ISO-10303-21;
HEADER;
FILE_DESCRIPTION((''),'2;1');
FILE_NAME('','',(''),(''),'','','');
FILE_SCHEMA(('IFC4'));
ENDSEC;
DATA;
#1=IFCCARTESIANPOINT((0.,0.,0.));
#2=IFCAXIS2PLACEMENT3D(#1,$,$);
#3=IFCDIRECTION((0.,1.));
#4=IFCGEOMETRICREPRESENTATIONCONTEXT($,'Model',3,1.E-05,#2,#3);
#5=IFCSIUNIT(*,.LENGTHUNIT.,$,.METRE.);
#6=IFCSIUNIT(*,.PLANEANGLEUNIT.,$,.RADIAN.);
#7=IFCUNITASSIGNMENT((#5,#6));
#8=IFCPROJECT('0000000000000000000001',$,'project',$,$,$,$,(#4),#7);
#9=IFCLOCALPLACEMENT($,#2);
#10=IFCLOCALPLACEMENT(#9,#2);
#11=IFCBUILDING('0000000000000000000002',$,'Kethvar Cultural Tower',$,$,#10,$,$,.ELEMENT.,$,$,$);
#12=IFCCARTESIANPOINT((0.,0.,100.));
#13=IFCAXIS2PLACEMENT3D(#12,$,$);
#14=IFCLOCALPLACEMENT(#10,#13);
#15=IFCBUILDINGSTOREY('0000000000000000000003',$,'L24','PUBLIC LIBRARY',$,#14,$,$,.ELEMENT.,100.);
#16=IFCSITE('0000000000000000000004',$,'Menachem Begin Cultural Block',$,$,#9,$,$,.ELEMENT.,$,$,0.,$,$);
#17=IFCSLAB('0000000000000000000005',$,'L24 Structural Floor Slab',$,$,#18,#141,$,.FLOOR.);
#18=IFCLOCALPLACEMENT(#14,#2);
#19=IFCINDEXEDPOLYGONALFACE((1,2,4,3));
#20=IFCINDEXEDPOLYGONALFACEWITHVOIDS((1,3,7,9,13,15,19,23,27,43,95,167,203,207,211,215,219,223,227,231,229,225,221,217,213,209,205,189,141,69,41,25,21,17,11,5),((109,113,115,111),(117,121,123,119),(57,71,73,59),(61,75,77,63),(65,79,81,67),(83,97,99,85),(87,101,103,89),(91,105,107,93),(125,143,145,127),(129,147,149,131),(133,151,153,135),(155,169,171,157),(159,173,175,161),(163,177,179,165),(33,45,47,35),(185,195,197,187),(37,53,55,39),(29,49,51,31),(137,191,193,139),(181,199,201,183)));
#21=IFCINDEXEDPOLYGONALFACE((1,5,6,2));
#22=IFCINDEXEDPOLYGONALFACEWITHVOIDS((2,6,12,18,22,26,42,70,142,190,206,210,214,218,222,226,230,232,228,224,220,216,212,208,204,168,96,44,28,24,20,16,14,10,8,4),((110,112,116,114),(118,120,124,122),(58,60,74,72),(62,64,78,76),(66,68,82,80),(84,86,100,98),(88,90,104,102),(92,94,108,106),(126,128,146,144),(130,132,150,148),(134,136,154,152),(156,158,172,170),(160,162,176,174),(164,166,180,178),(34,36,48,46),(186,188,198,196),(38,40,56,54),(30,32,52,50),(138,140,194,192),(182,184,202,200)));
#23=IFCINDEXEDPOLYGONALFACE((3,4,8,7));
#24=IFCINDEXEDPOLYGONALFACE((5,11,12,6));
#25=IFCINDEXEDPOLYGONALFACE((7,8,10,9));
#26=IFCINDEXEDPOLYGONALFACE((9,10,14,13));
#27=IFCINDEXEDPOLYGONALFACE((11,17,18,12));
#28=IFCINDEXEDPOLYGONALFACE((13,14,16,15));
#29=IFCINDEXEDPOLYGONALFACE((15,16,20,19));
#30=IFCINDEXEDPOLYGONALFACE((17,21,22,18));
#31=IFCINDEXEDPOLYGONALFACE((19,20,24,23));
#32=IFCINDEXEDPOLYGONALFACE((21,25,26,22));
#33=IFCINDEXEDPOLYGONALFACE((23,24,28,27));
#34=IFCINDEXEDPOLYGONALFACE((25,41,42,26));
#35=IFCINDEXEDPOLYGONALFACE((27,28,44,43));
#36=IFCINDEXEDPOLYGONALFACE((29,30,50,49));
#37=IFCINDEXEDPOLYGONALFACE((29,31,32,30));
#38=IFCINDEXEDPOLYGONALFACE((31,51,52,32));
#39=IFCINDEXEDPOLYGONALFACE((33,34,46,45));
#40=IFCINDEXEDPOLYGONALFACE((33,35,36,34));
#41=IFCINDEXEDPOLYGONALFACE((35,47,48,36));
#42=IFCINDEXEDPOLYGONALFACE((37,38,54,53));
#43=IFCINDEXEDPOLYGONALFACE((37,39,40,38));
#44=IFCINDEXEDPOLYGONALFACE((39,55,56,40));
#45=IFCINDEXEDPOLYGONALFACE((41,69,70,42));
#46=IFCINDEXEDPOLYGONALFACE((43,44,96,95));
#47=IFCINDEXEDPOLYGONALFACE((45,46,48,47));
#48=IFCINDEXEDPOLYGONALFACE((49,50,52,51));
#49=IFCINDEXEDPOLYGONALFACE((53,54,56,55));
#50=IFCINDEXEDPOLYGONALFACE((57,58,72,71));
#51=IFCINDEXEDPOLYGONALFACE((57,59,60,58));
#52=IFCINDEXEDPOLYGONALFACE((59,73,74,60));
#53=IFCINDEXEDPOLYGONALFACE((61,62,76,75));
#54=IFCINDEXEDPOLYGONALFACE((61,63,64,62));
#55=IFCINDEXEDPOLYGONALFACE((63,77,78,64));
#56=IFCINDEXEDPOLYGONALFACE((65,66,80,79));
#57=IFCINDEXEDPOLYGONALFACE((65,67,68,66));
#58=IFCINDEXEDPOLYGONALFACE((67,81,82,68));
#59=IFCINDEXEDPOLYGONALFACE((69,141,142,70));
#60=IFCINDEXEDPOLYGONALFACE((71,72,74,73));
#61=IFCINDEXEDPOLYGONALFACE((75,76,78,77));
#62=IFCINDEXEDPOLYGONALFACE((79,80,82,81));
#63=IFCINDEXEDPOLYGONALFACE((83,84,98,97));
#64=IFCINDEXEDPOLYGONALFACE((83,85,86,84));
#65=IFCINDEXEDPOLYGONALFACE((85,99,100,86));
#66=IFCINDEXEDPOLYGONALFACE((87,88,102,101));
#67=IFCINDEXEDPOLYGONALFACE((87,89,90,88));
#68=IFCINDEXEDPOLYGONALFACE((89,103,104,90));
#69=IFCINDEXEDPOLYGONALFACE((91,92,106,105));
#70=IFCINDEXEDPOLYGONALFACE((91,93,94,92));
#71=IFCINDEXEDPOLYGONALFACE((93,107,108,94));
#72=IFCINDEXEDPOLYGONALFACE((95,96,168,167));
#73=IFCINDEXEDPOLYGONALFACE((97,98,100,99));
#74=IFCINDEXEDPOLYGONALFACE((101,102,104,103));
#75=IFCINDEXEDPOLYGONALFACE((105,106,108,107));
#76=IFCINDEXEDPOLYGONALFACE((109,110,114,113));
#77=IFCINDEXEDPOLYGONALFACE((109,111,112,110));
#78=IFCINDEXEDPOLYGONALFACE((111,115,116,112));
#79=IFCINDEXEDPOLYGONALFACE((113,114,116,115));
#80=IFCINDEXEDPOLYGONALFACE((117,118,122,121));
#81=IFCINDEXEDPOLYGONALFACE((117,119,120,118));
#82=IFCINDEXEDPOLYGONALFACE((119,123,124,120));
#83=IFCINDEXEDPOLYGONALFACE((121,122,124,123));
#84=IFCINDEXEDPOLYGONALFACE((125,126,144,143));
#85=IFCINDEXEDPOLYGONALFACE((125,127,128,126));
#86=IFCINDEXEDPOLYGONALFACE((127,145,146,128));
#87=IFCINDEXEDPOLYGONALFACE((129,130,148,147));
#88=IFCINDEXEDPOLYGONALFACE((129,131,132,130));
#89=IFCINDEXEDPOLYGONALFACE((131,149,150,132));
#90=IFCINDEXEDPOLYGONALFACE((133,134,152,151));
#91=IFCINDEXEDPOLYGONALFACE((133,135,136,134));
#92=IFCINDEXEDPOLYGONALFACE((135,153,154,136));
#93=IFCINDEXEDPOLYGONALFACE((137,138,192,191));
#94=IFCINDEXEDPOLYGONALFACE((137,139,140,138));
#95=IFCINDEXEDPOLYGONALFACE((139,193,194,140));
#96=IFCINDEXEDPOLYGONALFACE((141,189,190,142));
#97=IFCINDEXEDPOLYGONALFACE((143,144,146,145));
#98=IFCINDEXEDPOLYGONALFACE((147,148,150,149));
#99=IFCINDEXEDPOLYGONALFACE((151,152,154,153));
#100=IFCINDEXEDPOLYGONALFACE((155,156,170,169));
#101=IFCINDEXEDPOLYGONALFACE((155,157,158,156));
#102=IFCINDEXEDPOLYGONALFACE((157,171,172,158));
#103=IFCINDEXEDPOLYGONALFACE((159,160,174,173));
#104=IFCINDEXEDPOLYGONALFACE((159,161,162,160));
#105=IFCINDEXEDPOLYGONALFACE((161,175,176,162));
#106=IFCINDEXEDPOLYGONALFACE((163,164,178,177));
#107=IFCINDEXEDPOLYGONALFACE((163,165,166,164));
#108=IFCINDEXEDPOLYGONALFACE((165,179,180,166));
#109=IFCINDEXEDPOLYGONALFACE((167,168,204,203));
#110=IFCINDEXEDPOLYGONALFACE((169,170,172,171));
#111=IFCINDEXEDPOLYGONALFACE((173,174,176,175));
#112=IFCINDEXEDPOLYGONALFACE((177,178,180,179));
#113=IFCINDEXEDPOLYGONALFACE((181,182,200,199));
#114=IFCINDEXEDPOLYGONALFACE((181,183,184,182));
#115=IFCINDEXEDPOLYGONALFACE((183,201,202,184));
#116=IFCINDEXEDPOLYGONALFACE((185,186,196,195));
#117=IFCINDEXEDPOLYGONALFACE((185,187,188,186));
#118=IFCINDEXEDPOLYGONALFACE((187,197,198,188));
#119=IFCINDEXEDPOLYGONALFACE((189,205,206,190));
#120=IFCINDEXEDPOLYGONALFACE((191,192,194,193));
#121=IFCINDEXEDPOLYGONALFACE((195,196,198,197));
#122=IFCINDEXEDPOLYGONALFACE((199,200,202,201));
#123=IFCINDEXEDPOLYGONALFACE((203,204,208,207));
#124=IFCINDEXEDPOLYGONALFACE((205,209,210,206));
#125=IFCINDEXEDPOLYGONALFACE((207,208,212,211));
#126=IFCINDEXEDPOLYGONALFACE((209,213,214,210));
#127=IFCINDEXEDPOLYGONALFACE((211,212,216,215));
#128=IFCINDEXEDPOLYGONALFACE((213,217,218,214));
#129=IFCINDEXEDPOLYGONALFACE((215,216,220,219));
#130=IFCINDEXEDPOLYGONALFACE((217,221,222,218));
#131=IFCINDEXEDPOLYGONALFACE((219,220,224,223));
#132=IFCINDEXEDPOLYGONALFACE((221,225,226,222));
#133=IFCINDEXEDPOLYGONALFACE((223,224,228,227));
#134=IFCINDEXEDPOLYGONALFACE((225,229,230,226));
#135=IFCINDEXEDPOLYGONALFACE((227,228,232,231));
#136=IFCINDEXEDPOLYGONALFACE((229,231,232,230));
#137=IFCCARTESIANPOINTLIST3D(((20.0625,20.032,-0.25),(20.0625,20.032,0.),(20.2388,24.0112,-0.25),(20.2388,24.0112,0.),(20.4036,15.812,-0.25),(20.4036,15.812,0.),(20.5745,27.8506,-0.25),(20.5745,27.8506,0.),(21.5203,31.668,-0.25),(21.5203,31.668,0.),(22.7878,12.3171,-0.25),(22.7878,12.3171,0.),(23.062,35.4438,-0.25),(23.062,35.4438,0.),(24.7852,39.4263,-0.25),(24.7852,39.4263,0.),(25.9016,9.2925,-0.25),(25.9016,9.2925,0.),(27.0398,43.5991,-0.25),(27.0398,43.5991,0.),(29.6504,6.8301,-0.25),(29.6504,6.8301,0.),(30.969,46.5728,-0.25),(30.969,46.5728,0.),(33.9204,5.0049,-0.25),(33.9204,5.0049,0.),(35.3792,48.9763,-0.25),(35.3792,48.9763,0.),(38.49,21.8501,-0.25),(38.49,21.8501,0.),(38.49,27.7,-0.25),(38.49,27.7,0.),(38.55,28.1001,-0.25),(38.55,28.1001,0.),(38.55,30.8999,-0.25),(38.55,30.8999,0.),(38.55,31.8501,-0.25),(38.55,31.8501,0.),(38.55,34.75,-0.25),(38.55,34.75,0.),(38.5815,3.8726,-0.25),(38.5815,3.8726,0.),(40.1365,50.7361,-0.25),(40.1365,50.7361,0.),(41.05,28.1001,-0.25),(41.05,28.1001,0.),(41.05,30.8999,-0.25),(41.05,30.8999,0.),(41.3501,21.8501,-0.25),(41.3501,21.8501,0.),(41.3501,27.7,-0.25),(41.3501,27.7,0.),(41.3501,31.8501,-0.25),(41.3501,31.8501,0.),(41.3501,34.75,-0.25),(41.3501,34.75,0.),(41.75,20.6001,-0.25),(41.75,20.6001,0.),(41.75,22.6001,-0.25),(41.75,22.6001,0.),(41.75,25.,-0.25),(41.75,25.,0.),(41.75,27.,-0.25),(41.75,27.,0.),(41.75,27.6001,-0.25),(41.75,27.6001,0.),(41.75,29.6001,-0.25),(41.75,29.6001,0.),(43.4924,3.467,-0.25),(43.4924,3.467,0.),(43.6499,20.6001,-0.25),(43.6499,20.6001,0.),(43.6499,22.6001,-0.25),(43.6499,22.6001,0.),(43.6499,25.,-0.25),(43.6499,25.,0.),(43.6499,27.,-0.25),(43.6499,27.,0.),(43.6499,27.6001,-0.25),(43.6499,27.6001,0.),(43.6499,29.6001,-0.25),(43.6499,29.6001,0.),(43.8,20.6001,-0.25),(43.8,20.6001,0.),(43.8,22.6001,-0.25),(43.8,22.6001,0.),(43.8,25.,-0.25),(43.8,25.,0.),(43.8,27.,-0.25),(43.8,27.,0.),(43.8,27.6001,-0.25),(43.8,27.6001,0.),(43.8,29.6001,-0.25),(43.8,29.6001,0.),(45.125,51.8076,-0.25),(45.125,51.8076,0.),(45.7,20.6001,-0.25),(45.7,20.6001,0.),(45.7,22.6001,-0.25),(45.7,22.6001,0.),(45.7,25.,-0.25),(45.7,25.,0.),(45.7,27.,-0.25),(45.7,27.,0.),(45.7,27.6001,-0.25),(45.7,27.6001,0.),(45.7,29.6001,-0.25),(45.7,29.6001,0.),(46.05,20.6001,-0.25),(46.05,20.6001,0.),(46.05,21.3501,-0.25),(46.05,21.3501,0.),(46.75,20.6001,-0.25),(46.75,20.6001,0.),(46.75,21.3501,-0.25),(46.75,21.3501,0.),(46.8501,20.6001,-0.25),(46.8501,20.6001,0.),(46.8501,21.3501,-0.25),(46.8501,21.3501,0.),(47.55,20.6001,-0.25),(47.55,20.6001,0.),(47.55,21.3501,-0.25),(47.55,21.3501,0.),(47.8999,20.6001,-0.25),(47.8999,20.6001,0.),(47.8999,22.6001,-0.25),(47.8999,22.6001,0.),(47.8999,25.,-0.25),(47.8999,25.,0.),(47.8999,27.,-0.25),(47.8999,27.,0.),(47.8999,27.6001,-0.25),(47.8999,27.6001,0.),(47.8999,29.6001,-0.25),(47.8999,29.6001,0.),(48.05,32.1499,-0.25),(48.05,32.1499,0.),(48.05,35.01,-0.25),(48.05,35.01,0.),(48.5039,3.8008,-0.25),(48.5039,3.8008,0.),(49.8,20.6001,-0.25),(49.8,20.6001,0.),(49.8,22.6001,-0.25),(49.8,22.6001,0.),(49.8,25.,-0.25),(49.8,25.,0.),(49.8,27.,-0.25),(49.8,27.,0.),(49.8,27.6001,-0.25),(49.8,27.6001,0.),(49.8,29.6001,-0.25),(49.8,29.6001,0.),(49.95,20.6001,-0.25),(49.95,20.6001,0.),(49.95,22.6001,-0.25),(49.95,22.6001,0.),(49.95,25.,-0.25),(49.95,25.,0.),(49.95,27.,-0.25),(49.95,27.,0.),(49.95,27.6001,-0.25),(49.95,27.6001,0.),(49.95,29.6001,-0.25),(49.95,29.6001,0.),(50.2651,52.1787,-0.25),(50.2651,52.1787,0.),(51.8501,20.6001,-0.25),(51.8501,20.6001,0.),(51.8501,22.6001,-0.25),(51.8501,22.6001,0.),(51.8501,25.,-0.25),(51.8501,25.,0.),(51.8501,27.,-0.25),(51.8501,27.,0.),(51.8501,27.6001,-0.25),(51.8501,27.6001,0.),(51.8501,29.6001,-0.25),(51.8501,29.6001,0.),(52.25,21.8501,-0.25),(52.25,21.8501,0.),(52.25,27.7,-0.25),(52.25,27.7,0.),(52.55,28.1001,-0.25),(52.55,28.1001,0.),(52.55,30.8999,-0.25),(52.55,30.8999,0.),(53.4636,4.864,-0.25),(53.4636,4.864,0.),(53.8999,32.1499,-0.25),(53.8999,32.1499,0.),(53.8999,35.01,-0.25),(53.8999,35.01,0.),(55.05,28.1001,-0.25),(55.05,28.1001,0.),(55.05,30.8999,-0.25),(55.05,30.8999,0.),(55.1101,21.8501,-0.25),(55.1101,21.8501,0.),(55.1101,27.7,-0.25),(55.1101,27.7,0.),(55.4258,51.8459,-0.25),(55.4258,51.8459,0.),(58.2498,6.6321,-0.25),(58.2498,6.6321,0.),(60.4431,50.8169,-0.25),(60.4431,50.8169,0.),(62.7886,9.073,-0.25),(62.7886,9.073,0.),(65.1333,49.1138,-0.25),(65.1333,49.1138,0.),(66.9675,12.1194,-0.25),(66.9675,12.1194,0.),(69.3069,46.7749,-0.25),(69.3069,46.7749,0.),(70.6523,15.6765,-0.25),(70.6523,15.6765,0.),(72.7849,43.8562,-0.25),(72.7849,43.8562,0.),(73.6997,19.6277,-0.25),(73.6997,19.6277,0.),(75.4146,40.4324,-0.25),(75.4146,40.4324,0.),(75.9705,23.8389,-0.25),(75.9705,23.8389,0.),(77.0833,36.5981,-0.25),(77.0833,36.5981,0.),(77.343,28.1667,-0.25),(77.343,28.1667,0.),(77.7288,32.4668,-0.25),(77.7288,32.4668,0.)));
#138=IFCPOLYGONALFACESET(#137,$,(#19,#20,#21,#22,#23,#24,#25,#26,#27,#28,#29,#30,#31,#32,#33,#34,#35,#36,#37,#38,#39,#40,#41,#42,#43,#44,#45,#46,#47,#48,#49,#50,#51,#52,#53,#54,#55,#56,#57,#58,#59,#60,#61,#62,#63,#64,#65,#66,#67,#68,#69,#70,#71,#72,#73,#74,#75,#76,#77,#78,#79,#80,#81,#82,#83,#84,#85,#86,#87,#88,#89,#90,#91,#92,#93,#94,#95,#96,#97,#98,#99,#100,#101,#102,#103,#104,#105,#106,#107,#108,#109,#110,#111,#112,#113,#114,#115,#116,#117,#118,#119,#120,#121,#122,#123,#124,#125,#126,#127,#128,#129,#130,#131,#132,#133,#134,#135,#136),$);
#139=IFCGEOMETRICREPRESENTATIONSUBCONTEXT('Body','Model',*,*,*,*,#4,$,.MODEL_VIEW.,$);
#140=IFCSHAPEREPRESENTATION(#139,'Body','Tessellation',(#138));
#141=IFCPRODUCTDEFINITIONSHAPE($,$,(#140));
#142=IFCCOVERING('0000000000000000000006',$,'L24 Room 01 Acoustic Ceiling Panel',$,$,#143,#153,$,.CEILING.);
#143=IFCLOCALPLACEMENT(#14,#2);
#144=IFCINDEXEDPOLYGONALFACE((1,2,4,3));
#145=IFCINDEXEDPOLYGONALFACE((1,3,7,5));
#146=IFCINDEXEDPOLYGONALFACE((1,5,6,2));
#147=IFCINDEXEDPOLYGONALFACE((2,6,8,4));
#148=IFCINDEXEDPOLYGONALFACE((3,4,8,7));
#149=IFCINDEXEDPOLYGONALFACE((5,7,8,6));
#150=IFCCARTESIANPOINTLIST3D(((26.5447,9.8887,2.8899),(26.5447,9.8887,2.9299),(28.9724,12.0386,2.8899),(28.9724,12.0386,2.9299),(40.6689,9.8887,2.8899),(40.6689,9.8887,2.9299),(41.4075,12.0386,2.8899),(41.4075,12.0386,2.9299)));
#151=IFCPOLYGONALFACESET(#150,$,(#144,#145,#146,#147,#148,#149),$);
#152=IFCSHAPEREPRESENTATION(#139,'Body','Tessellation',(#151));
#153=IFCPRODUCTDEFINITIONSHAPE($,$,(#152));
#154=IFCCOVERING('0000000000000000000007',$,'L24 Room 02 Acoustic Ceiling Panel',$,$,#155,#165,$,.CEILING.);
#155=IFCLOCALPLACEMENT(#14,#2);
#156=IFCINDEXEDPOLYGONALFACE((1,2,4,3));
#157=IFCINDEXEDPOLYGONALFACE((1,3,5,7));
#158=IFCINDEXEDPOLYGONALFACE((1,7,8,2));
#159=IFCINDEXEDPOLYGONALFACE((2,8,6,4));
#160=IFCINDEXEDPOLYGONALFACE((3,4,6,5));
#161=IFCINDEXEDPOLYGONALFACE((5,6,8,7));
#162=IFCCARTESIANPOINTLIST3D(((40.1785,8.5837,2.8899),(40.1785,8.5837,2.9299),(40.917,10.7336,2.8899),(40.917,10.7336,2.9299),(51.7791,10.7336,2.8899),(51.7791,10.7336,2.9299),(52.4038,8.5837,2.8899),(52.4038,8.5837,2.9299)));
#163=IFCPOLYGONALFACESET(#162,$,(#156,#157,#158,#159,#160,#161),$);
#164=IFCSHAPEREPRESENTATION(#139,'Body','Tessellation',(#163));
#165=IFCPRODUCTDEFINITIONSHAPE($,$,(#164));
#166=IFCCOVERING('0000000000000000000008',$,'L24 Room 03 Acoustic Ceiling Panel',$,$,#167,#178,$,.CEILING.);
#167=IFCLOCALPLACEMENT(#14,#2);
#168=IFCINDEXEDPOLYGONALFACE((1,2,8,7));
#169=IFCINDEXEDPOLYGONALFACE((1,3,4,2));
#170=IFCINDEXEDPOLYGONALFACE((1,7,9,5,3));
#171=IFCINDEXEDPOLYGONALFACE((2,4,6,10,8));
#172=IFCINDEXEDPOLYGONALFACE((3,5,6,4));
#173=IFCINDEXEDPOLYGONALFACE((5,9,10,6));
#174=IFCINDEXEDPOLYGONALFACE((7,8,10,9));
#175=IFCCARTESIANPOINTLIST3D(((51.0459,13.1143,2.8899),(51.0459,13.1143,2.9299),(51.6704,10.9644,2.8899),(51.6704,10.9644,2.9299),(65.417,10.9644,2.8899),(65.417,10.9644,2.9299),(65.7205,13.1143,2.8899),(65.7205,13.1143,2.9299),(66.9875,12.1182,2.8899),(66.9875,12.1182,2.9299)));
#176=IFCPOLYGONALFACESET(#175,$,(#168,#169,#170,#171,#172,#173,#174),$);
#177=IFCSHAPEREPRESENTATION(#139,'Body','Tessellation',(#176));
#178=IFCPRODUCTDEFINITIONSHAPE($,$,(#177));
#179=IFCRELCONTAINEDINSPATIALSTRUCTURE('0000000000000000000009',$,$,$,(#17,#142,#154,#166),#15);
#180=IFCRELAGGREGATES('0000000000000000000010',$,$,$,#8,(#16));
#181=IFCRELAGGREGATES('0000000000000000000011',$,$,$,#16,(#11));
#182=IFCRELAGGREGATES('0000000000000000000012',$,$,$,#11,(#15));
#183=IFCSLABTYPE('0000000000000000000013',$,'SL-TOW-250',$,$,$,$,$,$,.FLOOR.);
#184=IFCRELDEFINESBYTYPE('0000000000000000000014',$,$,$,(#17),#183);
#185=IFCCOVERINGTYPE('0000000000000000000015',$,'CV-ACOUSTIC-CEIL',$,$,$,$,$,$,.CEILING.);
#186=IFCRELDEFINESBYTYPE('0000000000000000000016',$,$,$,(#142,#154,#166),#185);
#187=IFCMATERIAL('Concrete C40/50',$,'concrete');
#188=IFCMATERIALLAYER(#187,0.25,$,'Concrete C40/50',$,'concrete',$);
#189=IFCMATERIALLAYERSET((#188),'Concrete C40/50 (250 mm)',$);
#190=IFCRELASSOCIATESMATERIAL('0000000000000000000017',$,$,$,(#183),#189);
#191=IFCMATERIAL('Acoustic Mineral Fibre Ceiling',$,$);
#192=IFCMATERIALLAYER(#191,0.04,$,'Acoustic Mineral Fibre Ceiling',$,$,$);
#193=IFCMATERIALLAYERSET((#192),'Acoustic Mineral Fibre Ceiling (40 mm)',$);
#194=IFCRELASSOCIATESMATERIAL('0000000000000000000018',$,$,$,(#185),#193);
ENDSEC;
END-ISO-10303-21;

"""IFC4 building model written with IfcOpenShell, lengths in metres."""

from ifc_helpers import new_model, si_unit, direction, frame, origin, place, context, subcontext, project, spatial, polyline, outline, extrude, material, layer, layer_set, type_object, element, save


model = new_model("IFC4")

# Units and contexts
model_context = context("Model", 3, precision=1e-05, world=origin(), true_north=direction((0.0, 1.0)))
body_context = subcontext(model_context, "Body", "Model", "MODEL_VIEW")
ifc_project = project(units=[si_unit("LENGTHUNIT", "METRE"), si_unit("PLANEANGLEUNIT", "RADIAN")], contexts=[model_context])

# Site, building, storey
site_placement = place(None, origin())
site = spatial("IfcSite", under=ifc_project, at=site_placement, Name="Menachem Begin Cultural Block", CompositionType="ELEMENT", RefElevation=0.0)
building_placement = place(site_placement, origin())
building = spatial("IfcBuilding", under=site, at=building_placement, Name="Kethvar Cultural Tower", CompositionType="ELEMENT")
storey_placement = place(building_placement, frame((0.0, 0.0, 100.0)))
storey = spatial("IfcBuildingStorey", under=building, at=storey_placement, Name="L24", Description="PUBLIC LIBRARY", CompositionType="ELEMENT", Elevation=100.0)

# Shared definitions
ifc_material_1 = material(Name="Concrete C40/50", Category="concrete")

# Slab
ifc_layer_1 = layer(ifc_material_1, 0.25, Name="Concrete C40/50", Category="concrete")
ifc_layer_set_1 = layer_set([ifc_layer_1], Name="Concrete C40/50 (250 mm)")
slab_type_1 = type_object("IfcSlabType", Name="SL-TOW-250", PredefinedType="FLOOR", material=ifc_layer_set_1)
slab_1_placement = place(storey_placement, frame((0.0, 0.0, -0.25)))
element("IfcSlab", 1, at=slab_1_placement, inside=storey, type_object=slab_type_1, Name="L24 Structural Floor Slab", PredefinedType="FLOOR", context=body_context, shape_type="SweptSolid", body=[
    extrude(outline(polyline([(77.0833, 36.5981), (75.4146, 40.4324), (72.7849, 43.8562), (69.3069, 46.7749), (65.1333, 49.1138), (60.4431, 50.8169), (55.4258, 51.8459), (50.2651, 52.1787), (45.125, 51.8076), (40.1365, 50.7361), (35.3792, 48.9763), (30.969, 46.5728), (27.0398, 43.5991), (24.7852, 39.4263), (23.062, 35.4438), (21.5203, 31.668), (20.5745, 27.8506), (20.2388, 24.0112), (20.0625, 20.032), (20.4036, 15.812), (22.7878, 12.3171), (25.9016, 9.2925), (29.6504, 6.8301), (33.9204, 5.0049), (38.5815, 3.8726), (43.4924, 3.467), (48.5039, 3.8008), (53.4636, 4.864), (58.2498, 6.6321), (62.7886, 9.073), (66.9675, 12.1194), (70.6523, 15.6765), (73.6997, 19.6277), (75.9705, 23.8389), (77.343, 28.1667), (77.7288, 32.4668), (77.0833, 36.5981)]), holes=[polyline([(38.49, 21.8501), (38.49, 27.7), (41.3501, 27.7), (41.3501, 21.8501), (38.49, 21.8501)]), polyline([(52.25, 21.8501), (52.25, 27.7), (55.1101, 27.7), (55.1101, 21.8501), (52.25, 21.8501)]), polyline([(53.8999, 32.1499), (48.05, 32.1499), (48.05, 35.01), (53.8999, 35.01), (53.8999, 32.1499)]), polyline([(41.75, 22.6001), (43.6499, 22.6001), (43.6499, 20.6001), (41.75, 20.6001), (41.75, 22.6001)]), polyline([(43.8, 22.6001), (45.7, 22.6001), (45.7, 20.6001), (43.8, 20.6001), (43.8, 22.6001)]), polyline([(47.8999, 22.6001), (49.8, 22.6001), (49.8, 20.6001), (47.8999, 20.6001), (47.8999, 22.6001)]), polyline([(49.95, 22.6001), (51.8501, 22.6001), (51.8501, 20.6001), (49.95, 20.6001), (49.95, 22.6001)]), polyline([(41.75, 27.0), (43.6499, 27.0), (43.6499, 25.0), (41.75, 25.0), (41.75, 27.0)]), polyline([(43.8, 27.0), (45.7, 27.0), (45.7, 25.0), (43.8, 25.0), (43.8, 27.0)]), polyline([(47.8999, 27.0), (49.8, 27.0), (49.8, 25.0), (47.8999, 25.0), (47.8999, 27.0)]), polyline([(49.95, 27.0), (51.8501, 27.0), (51.8501, 25.0), (49.95, 25.0), (49.95, 27.0)]), polyline([(41.75, 29.6001), (43.6499, 29.6001), (43.6499, 27.6001), (41.75, 27.6001), (41.75, 29.6001)]), polyline([(43.8, 29.6001), (45.7, 29.6001), (45.7, 27.6001), (43.8, 27.6001), (43.8, 29.6001)]), polyline([(47.8999, 29.6001), (49.8, 29.6001), (49.8, 27.6001), (47.8999, 27.6001), (47.8999, 29.6001)]), polyline([(49.95, 29.6001), (51.8501, 29.6001), (51.8501, 27.6001), (49.95, 27.6001), (49.95, 29.6001)]), polyline([(38.55, 30.8999), (41.05, 30.8999), (41.05, 28.1001), (38.55, 28.1001), (38.55, 30.8999)]), polyline([(52.55, 30.8999), (55.05, 30.8999), (55.05, 28.1001), (52.55, 28.1001), (52.55, 30.8999)]), polyline([(38.55, 34.75), (41.3501, 34.75), (41.3501, 31.8501), (38.55, 31.8501), (38.55, 34.75)]), polyline([(46.05, 21.3501), (46.75, 21.3501), (46.75, 20.6001), (46.05, 20.6001), (46.05, 21.3501)]), polyline([(46.8501, 21.3501), (47.55, 21.3501), (47.55, 20.6001), (46.8501, 20.6001), (46.8501, 21.3501)])]), origin(), (0.0, 0.0, 1.0), 0.25),
])

# Coverings
ifc_material_2 = material(Name="Acoustic Mineral Fibre Ceiling")
ifc_layer_2 = layer(ifc_material_2, 0.04, Name="Acoustic Mineral Fibre Ceiling")
ifc_layer_set_2 = layer_set([ifc_layer_2], Name="Acoustic Mineral Fibre Ceiling (40 mm)")
covering_type_1 = type_object("IfcCoveringType", Name="CV-ACOUSTIC-CEIL", PredefinedType="CEILING", material=ifc_layer_set_2)
covering_1_placement = place(storey_placement, frame((0.0, 0.0, 2.8899)))
element("IfcCovering", 2, at=covering_1_placement, inside=storey, type_object=covering_type_1, Name="L24 Room 01 Acoustic Ceiling Panel", PredefinedType="CEILING", context=body_context, shape_type="SweptSolid", body=[
    extrude(outline(polyline([(28.9724, 12.0386), (41.4075, 12.0386), (40.6689, 9.8887), (26.5447, 9.8887), (28.9724, 12.0386)])), origin(), (0.0, 0.0, 1.0), 0.04),
])
covering_2_placement = place(storey_placement, frame((0.0, 0.0, 2.8899)))
element("IfcCovering", 3, at=covering_2_placement, inside=storey, type_object=covering_type_1, Name="L24 Room 02 Acoustic Ceiling Panel", PredefinedType="CEILING", context=body_context, shape_type="SweptSolid", body=[
    extrude(outline(polyline([(40.917, 10.7336), (51.7791, 10.7336), (52.4038, 8.5837), (40.1785, 8.5837), (40.917, 10.7336)])), origin(), (0.0, 0.0, 1.0), 0.04),
])
covering_3_placement = place(storey_placement, frame((0.0, 0.0, 2.8899)))
element("IfcCovering", 4, at=covering_3_placement, inside=storey, type_object=covering_type_1, Name="L24 Room 03 Acoustic Ceiling Panel", PredefinedType="CEILING", context=body_context, shape_type="SweptSolid", body=[
    extrude(outline(polyline([(51.0459, 13.1143), (65.7205, 13.1143), (66.9875, 12.1182), (65.417, 10.9644), (51.6704, 10.9644), (51.0459, 13.1143)])), origin(), (0.0, 0.0, 1.0), 0.04),
])

save(model, "model.ifc")
